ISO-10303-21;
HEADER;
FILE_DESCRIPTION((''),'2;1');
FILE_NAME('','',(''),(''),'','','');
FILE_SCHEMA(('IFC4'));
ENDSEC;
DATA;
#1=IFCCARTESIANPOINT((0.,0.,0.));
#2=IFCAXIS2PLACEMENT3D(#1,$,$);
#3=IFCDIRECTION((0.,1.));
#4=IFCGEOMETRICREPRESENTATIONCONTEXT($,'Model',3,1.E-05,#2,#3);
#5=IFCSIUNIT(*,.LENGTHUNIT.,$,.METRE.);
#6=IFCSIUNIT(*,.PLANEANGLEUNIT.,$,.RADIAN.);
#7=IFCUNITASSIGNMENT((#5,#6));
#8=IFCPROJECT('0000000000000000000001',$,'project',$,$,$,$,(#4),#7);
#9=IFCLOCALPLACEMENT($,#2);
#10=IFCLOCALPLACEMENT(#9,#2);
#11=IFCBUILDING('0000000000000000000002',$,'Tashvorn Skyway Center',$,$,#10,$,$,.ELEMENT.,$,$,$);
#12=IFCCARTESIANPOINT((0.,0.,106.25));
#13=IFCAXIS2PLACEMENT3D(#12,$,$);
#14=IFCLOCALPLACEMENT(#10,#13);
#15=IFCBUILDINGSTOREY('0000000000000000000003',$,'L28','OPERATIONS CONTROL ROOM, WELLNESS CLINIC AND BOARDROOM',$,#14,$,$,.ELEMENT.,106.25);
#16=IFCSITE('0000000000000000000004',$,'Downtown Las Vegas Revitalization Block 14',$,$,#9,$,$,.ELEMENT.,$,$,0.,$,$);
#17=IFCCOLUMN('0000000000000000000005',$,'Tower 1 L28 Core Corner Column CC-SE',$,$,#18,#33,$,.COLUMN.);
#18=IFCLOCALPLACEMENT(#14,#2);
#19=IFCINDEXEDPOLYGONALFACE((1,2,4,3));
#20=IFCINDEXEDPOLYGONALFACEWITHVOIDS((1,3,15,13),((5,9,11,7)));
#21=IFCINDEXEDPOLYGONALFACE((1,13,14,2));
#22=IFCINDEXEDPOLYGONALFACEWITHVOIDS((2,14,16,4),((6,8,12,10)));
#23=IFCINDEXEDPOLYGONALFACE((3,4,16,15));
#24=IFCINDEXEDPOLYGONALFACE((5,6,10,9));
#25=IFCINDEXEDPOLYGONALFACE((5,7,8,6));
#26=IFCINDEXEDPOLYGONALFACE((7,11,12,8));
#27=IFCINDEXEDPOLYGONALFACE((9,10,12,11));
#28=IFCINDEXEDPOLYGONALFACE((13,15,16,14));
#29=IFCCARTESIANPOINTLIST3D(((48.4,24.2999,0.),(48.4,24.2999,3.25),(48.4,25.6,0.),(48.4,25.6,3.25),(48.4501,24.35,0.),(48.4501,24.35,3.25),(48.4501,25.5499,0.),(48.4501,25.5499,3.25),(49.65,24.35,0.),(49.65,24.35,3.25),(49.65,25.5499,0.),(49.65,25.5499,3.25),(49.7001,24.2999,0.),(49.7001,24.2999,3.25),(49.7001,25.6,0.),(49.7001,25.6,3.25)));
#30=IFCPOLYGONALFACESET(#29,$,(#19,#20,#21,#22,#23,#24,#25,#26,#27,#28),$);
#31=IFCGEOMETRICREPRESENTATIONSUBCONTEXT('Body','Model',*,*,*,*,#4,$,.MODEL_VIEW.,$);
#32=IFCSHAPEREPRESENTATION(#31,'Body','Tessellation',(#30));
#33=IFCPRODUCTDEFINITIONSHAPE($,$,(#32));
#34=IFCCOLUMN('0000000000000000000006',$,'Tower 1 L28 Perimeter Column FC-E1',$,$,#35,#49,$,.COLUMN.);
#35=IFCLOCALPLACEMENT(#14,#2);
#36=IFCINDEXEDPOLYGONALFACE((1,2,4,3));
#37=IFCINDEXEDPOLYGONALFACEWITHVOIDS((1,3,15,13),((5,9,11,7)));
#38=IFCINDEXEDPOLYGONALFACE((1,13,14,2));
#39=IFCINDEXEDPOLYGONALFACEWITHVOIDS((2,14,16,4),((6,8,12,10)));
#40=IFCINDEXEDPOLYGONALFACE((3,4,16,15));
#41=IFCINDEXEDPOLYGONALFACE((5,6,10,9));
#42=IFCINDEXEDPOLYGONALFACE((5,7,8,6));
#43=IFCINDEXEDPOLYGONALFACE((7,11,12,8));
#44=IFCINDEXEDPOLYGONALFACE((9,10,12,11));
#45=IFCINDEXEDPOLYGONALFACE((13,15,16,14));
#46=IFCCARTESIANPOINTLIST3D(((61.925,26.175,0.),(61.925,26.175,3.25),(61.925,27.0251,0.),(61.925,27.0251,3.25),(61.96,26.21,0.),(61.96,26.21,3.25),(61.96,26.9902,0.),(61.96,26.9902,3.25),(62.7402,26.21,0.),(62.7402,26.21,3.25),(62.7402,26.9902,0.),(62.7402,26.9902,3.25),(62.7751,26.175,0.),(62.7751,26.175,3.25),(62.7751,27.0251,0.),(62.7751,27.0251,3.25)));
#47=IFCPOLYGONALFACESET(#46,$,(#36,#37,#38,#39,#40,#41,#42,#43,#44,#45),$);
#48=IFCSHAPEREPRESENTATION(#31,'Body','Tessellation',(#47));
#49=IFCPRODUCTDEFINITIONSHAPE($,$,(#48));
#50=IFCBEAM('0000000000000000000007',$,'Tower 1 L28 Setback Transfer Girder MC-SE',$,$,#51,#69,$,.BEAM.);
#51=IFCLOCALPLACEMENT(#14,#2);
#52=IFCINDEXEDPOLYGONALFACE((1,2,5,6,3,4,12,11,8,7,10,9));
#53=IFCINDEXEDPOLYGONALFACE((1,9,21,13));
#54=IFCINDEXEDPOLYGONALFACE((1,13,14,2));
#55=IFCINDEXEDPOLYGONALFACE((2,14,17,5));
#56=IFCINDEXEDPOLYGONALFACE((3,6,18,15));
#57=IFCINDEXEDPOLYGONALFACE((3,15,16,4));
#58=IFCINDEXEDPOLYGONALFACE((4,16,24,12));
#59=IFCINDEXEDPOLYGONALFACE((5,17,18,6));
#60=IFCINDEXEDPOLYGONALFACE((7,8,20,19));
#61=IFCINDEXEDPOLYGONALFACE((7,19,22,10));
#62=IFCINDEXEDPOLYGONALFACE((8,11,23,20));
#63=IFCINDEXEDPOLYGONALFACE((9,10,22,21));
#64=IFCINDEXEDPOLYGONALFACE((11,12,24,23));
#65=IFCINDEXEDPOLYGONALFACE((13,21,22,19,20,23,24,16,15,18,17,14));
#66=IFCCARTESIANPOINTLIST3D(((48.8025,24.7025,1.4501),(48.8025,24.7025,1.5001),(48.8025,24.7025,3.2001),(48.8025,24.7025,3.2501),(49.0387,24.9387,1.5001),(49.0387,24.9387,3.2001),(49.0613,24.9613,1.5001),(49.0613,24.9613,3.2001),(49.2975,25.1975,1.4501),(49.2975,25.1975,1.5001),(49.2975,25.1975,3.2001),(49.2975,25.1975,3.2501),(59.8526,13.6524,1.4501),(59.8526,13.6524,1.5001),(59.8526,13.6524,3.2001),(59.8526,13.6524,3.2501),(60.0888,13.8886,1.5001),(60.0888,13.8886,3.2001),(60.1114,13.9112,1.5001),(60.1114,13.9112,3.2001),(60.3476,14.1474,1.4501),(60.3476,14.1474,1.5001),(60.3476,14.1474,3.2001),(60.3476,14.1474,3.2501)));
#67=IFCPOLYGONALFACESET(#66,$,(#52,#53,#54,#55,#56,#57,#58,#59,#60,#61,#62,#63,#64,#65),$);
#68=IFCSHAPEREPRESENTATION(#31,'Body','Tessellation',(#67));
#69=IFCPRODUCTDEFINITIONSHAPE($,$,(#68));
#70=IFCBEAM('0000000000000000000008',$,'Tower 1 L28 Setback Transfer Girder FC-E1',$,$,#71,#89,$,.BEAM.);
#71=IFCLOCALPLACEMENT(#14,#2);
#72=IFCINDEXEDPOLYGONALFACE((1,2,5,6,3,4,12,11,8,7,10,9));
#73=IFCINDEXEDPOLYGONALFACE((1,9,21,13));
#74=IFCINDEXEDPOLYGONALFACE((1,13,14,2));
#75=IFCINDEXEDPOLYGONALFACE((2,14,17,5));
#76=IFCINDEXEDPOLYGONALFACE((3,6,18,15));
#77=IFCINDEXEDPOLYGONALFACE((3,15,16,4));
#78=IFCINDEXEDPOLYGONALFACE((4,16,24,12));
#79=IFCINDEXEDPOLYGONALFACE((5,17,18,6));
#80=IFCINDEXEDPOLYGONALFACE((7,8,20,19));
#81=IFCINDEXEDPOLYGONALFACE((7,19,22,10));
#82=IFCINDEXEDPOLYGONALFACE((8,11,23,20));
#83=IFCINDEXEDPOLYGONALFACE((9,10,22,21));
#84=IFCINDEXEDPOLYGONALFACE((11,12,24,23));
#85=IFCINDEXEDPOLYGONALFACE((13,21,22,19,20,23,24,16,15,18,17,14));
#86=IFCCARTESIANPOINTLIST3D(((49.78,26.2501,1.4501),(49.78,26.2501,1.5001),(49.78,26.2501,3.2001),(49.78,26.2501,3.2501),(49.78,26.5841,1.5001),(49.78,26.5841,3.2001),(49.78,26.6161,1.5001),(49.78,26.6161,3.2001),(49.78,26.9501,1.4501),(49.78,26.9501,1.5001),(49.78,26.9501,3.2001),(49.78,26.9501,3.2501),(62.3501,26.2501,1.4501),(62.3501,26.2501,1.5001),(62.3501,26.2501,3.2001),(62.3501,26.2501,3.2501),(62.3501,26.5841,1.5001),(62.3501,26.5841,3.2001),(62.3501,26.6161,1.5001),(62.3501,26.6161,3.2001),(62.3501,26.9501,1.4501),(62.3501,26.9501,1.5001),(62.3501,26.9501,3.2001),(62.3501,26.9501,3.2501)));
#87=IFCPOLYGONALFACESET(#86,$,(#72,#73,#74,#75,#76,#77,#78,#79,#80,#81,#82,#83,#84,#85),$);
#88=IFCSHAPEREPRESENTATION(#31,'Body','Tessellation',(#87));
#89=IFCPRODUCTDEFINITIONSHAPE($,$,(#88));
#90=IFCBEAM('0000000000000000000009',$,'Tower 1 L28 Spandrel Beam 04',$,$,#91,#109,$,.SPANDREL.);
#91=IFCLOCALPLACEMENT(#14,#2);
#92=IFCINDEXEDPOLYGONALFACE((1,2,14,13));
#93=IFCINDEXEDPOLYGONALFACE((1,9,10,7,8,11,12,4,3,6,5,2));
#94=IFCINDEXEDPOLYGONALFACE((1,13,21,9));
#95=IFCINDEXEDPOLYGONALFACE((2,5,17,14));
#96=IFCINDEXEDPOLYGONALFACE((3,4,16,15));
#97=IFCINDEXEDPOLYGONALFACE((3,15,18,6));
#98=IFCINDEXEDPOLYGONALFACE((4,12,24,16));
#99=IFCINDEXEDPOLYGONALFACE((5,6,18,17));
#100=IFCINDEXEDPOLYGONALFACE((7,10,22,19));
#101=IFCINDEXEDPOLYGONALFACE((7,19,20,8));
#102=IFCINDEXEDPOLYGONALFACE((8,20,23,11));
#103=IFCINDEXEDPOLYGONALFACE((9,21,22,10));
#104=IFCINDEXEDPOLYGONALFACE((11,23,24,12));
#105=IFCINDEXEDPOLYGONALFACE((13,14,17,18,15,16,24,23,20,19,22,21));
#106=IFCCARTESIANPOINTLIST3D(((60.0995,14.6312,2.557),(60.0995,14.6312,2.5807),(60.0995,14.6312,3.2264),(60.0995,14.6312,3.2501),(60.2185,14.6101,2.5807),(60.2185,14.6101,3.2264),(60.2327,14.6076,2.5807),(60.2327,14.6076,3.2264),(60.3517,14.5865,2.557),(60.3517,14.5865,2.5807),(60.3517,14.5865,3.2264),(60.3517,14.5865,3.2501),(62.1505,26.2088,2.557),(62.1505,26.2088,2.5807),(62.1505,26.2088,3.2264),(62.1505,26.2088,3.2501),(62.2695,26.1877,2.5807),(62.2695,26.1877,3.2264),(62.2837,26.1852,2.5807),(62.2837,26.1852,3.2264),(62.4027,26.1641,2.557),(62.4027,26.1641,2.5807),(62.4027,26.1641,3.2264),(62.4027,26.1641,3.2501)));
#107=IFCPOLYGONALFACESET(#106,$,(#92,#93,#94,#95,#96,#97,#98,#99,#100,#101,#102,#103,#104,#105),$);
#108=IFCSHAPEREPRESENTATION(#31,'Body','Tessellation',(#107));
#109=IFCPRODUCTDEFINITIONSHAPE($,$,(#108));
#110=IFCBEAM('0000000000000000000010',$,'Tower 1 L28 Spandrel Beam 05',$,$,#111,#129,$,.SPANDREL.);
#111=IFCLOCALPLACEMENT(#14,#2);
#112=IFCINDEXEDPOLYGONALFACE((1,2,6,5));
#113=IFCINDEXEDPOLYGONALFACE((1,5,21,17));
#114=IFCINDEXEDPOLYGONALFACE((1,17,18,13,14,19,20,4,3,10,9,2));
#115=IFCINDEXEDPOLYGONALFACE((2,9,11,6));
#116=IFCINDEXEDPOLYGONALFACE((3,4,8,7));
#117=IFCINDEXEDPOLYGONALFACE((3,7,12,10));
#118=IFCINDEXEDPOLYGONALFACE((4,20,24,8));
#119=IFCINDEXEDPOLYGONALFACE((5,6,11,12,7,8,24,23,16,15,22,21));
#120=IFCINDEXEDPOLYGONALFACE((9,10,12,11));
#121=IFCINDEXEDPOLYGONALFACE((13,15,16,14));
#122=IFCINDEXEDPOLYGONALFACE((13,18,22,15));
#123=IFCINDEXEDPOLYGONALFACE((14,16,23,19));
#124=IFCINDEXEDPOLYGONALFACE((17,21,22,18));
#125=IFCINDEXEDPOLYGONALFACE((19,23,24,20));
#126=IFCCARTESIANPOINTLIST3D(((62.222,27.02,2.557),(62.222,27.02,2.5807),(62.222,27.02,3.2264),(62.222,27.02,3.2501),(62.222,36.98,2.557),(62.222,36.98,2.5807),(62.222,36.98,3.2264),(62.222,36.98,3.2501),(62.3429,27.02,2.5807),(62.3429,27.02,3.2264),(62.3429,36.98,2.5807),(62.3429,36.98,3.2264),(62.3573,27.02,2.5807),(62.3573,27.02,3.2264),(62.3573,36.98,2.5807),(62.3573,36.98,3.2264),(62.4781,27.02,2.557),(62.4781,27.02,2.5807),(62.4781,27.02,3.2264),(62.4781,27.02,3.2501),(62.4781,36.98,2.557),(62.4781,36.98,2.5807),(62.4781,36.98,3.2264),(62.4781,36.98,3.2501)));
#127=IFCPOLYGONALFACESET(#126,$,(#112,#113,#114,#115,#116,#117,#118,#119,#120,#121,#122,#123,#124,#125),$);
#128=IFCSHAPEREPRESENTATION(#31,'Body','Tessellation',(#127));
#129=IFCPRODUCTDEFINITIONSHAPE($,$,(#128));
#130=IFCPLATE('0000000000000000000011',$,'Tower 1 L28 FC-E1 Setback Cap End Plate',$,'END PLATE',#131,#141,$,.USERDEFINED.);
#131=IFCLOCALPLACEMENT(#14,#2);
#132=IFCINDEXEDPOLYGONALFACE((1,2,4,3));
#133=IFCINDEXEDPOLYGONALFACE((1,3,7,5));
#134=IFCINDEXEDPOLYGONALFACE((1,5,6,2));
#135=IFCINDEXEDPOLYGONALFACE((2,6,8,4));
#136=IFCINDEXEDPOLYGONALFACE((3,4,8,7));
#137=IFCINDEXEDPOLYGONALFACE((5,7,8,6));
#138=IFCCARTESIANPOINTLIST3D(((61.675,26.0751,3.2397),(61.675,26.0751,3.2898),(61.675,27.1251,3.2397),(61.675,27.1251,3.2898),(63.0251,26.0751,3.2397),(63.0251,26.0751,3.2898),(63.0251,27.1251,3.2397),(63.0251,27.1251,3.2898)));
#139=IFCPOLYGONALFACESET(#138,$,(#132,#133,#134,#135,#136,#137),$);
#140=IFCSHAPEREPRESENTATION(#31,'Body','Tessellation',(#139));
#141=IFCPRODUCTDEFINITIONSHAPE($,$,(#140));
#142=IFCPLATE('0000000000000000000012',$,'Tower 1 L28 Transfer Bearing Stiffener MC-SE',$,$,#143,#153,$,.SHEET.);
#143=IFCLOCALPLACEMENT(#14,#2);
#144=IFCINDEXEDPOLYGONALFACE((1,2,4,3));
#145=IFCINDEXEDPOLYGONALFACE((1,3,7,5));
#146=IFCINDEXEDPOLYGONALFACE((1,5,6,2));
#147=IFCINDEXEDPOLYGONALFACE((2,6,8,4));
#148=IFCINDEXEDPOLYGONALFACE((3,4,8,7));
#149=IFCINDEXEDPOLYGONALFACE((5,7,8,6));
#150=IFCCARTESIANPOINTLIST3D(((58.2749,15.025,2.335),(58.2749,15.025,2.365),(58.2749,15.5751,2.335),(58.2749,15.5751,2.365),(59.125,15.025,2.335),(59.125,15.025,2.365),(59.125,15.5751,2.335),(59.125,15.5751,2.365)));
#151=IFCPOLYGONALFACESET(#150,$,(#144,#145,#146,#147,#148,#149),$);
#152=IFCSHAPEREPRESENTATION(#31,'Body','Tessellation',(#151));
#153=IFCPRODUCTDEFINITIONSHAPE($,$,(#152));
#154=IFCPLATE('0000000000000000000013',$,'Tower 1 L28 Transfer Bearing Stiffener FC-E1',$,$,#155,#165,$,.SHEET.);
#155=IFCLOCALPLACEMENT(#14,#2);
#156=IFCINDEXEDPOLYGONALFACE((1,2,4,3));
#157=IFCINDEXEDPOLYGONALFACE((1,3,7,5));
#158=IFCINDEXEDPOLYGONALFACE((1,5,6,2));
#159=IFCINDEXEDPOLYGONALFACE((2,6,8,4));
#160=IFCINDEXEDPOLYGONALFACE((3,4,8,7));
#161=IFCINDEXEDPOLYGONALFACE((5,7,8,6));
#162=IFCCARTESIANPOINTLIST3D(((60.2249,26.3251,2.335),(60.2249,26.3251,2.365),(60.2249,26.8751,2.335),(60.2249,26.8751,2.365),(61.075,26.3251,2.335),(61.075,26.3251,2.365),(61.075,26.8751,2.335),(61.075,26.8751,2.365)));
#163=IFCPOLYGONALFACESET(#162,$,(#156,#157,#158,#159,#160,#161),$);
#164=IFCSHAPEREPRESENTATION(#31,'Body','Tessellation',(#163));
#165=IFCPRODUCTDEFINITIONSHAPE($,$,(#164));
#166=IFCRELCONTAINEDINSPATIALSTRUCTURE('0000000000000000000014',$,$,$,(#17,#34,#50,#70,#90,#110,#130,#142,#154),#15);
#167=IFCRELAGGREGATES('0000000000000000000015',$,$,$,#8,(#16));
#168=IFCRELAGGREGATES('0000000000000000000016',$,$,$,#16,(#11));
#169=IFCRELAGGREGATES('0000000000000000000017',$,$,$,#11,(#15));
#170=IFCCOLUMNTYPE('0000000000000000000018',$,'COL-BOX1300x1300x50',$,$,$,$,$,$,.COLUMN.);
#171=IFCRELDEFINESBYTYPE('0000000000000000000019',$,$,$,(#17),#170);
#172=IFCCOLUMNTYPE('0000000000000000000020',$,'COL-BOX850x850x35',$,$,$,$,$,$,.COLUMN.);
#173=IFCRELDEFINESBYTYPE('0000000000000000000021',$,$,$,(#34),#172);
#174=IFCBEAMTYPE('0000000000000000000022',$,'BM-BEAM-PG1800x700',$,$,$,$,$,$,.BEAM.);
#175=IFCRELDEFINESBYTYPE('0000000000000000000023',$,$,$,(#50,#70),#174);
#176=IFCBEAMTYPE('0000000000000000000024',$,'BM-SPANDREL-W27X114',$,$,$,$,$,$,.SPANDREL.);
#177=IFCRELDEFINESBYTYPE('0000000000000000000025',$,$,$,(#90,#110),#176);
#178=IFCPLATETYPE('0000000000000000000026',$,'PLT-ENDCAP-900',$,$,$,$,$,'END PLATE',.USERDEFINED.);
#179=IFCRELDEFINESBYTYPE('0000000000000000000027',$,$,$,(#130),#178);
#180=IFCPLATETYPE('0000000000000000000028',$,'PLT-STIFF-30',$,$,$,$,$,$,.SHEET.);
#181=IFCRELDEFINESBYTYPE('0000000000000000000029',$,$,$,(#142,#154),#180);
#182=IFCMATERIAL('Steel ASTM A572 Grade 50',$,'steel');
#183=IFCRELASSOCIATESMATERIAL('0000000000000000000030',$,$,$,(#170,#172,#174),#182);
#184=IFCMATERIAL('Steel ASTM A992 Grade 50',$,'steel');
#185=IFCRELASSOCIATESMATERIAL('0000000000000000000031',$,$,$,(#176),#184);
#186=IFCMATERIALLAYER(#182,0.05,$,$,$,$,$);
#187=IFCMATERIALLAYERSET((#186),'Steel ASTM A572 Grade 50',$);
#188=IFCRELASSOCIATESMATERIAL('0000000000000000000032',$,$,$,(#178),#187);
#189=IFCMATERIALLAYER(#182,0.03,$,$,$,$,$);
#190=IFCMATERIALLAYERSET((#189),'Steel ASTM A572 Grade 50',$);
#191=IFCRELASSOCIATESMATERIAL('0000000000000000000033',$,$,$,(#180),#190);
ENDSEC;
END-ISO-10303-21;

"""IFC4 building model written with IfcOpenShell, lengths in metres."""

from ifc_helpers import new_model, si_unit, direction, frame, origin, origin_2d, place, context, subcontext, project, spatial, rectangle, hollow_rectangle, i_section, extrude, material, layer, layer_set, material_profile, profile_set, type_object, element, save


model = new_model("IFC4")

# Units and contexts
model_context = context("Model", 3, precision=1e-05, world=origin(), true_north=direction((0.0, 1.0)))
body_context = subcontext(model_context, "Body", "Model", "MODEL_VIEW")
ifc_project = project(units=[si_unit("LENGTHUNIT", "METRE"), si_unit("PLANEANGLEUNIT", "RADIAN")], contexts=[model_context])

# Site, building, storey
site_placement = place(None, origin())
site = spatial("IfcSite", under=ifc_project, at=site_placement, Name="Downtown Las Vegas Revitalization Block 14", CompositionType="ELEMENT", RefElevation=0.0)
building_placement = place(site_placement, origin())
building = spatial("IfcBuilding", under=site, at=building_placement, Name="Tashvorn Skyway Center", CompositionType="ELEMENT")
storey_placement = place(building_placement, frame((0.0, 0.0, 106.25)))
storey = spatial("IfcBuildingStorey", under=building, at=storey_placement, Name="L28", Description="OPERATIONS CONTROL ROOM, WELLNESS CLINIC AND BOARDROOM", CompositionType="ELEMENT", Elevation=106.25)

# Columns
ifc_material_1 = material(Name="Steel ASTM A572 Grade 50", Category="steel")
ifc_material_profile_1 = material_profile(ifc_material_1, hollow_rectangle(XDim=1.3, YDim=1.3, WallThickness=0.05, at=origin_2d()), Name="BOX1300x1300x50")
ifc_profile_set_1 = profile_set([ifc_material_profile_1], Name="Steel ASTM A572 Grade 50")
column_type_1 = type_object("IfcColumnType", Name="COL-BOX1300x1300x50", PredefinedType="COLUMN", material=ifc_profile_set_1)
column_1_placement = place(storey_placement, frame((49.05, 24.95, 0.0), z_axis=(0.0, 0.0, 1.0), x_axis=(1.0, 0.0, 0.0)))
element("IfcColumn", 1, at=column_1_placement, inside=storey, type_object=column_type_1, Name="Tower 1 L28 Core Corner Column CC-SE", PredefinedType="COLUMN", context=body_context, shape_type="SweptSolid", body=[
    extrude(hollow_rectangle(XDim=1.3, YDim=1.3, WallThickness=0.05, at=origin_2d()), origin(), (0.0, 0.0, 1.0), 3.25),
])
ifc_material_profile_2 = material_profile(ifc_material_1, hollow_rectangle(XDim=0.8501, YDim=0.8501, WallThickness=0.0349, at=origin_2d()), Name="BOX850x850x35")
ifc_profile_set_2 = profile_set([ifc_material_profile_2], Name="Steel ASTM A572 Grade 50")
column_type_2 = type_object("IfcColumnType", Name="COL-BOX850x850x35", PredefinedType="COLUMN", material=ifc_profile_set_2)
column_2_placement = place(storey_placement, frame((62.3501, 26.6001, 0.0), z_axis=(0.0, 0.0, 1.0), x_axis=(1.0, 0.0, 0.0)))
element("IfcColumn", 2, at=column_2_placement, inside=storey, type_object=column_type_2, Name="Tower 1 L28 Perimeter Column FC-E1", PredefinedType="COLUMN", context=body_context, shape_type="SweptSolid", body=[
    extrude(hollow_rectangle(XDim=0.8501, YDim=0.8501, WallThickness=0.0349, at=origin_2d()), origin(), (0.0, 0.0, 1.0), 3.25),
])

# Beams
ifc_material_profile_3 = material_profile(ifc_material_1, i_section(OverallWidth=0.7, OverallDepth=1.8, WebThickness=0.032, FlangeThickness=0.05, at=origin_2d()), Name="PG1800x700")
ifc_profile_set_3 = profile_set([ifc_material_profile_3], Name="Steel ASTM A572 Grade 50")
beam_type_1 = type_object("IfcBeamType", Name="BM-BEAM-PG1800x700", PredefinedType="BEAM", material=ifc_profile_set_3)
beam_1_placement = place(storey_placement, frame((60.1001, 13.8999, 2.3501), z_axis=(-0.707107, 0.707107, 0.0), x_axis=(-0.707107, -0.707107, 0.0)))
element("IfcBeam", 3, at=beam_1_placement, inside=storey, type_object=beam_type_1, Name="Tower 1 L28 Setback Transfer Girder MC-SE", PredefinedType="BEAM", context=body_context, shape_type="SweptSolid", body=[
    extrude(i_section(OverallWidth=0.7, OverallDepth=1.8, WebThickness=0.032, FlangeThickness=0.05, at=origin_2d()), origin(), (0.0, 0.0, 1.0), 15.6272),
])
beam_2_placement = place(storey_placement, frame((62.3501, 26.6001, 2.3501), z_axis=(-1.0, 0.0, 0.0), x_axis=(0.0, -1.0, 0.0)))
element("IfcBeam", 4, at=beam_2_placement, inside=storey, type_object=beam_type_1, Name="Tower 1 L28 Setback Transfer Girder FC-E1", PredefinedType="BEAM", context=body_context, shape_type="SweptSolid", body=[
    extrude(i_section(OverallWidth=0.7, OverallDepth=1.8, WebThickness=0.032, FlangeThickness=0.05, at=origin_2d()), origin(), (0.0, 0.0, 1.0), 12.5701),
])
ifc_material_2 = material(Name="Steel ASTM A992 Grade 50", Category="steel")
ifc_material_profile_4 = material_profile(ifc_material_2, i_section(OverallWidth=0.2561, OverallDepth=0.6931, WebThickness=0.0144, FlangeThickness=0.0237, at=origin_2d()), Name="W27X114")
ifc_profile_set_4 = profile_set([ifc_material_profile_4], Name="Steel ASTM A992 Grade 50")
beam_type_2 = type_object("IfcBeamType", Name="BM-SPANDREL-W27X114", PredefinedType="SPANDREL", material=ifc_profile_set_4)
beam_3_placement = place(storey_placement, frame((60.2256, 14.6089, 2.9036), z_axis=(0.174438, 0.984668, 0.0), x_axis=(-0.984668, 0.174438, 0.0)))
element("IfcBeam", 5, at=beam_3_placement, inside=storey, type_object=beam_type_2, Name="Tower 1 L28 Spandrel Beam 04", PredefinedType="SPANDREL", context=body_context, shape_type="SweptSolid", body=[
    extrude(i_section(OverallWidth=0.2561, OverallDepth=0.6931, WebThickness=0.0144, FlangeThickness=0.0237, at=origin_2d()), origin(), (0.0, 0.0, 1.0), 11.7578),
])
beam_4_placement = place(storey_placement, frame((62.3501, 27.02, 2.9036), z_axis=(0.0, 1.0, 0.0), x_axis=(-1.0, 0.0, 0.0)))
element("IfcBeam", 6, at=beam_4_placement, inside=storey, type_object=beam_type_2, Name="Tower 1 L28 Spandrel Beam 05", PredefinedType="SPANDREL", context=body_context, shape_type="SweptSolid", body=[
    extrude(i_section(OverallWidth=0.2561, OverallDepth=0.6931, WebThickness=0.0144, FlangeThickness=0.0237, at=origin_2d()), origin(), (0.0, 0.0, 1.0), 9.96),
])

# Plates
ifc_layer_1 = layer(ifc_material_1, 0.05)
ifc_layer_set_1 = layer_set([ifc_layer_1], Name="Steel ASTM A572 Grade 50")
plate_type_1 = type_object("IfcPlateType", Name="PLT-ENDCAP-900", ElementType="END PLATE", PredefinedType="USERDEFINED", material=ifc_layer_set_1)
plate_placement = place(storey_placement, frame((62.3501, 26.6001, 3.2397), z_axis=(0.0, 0.0, 1.0), x_axis=(1.0, 0.0, 0.0)))
element("IfcPlate", 7, at=plate_placement, inside=storey, type_object=plate_type_1, Name="Tower 1 L28 FC-E1 Setback Cap End Plate", ObjectType="END PLATE", PredefinedType="USERDEFINED", context=body_context, shape_type="SweptSolid", body=[
    extrude(rectangle(XDim=1.3501, YDim=1.05, at=origin_2d()), origin(), (0.0, 0.0, 1.0), 0.05),
])
ifc_layer_2 = layer(ifc_material_1, 0.03)
ifc_layer_set_2 = layer_set([ifc_layer_2], Name="Steel ASTM A572 Grade 50")
plate_type_2 = type_object("IfcPlateType", Name="PLT-STIFF-30", PredefinedType="SHEET", material=ifc_layer_set_2)
for number, where, z_axis, x_axis, name in (
    (8, (58.7, 15.3, 2.335), (0.0, 0.0, 1.0), (1.0, 0.0, 0.0), "Tower 1 L28 Transfer Bearing Stiffener MC-SE"),
    (9, (60.6499, 26.6001, 2.335), (0.0, 0.0, 1.0), (1.0, 0.0, 0.0), "Tower 1 L28 Transfer Bearing Stiffener FC-E1"),
):
    element("IfcPlate", number, at=place(storey_placement, frame(where, z_axis=z_axis, x_axis=x_axis)), inside=storey, type_object=plate_type_2, Name=name, PredefinedType="SHEET", context=body_context, shape_type="SweptSolid", body=[
        extrude(rectangle(XDim=0.8501, YDim=0.55, at=origin_2d()), origin(), (0.0, 0.0, 1.0), 0.03),
    ])

save(model, "model.ifc")
